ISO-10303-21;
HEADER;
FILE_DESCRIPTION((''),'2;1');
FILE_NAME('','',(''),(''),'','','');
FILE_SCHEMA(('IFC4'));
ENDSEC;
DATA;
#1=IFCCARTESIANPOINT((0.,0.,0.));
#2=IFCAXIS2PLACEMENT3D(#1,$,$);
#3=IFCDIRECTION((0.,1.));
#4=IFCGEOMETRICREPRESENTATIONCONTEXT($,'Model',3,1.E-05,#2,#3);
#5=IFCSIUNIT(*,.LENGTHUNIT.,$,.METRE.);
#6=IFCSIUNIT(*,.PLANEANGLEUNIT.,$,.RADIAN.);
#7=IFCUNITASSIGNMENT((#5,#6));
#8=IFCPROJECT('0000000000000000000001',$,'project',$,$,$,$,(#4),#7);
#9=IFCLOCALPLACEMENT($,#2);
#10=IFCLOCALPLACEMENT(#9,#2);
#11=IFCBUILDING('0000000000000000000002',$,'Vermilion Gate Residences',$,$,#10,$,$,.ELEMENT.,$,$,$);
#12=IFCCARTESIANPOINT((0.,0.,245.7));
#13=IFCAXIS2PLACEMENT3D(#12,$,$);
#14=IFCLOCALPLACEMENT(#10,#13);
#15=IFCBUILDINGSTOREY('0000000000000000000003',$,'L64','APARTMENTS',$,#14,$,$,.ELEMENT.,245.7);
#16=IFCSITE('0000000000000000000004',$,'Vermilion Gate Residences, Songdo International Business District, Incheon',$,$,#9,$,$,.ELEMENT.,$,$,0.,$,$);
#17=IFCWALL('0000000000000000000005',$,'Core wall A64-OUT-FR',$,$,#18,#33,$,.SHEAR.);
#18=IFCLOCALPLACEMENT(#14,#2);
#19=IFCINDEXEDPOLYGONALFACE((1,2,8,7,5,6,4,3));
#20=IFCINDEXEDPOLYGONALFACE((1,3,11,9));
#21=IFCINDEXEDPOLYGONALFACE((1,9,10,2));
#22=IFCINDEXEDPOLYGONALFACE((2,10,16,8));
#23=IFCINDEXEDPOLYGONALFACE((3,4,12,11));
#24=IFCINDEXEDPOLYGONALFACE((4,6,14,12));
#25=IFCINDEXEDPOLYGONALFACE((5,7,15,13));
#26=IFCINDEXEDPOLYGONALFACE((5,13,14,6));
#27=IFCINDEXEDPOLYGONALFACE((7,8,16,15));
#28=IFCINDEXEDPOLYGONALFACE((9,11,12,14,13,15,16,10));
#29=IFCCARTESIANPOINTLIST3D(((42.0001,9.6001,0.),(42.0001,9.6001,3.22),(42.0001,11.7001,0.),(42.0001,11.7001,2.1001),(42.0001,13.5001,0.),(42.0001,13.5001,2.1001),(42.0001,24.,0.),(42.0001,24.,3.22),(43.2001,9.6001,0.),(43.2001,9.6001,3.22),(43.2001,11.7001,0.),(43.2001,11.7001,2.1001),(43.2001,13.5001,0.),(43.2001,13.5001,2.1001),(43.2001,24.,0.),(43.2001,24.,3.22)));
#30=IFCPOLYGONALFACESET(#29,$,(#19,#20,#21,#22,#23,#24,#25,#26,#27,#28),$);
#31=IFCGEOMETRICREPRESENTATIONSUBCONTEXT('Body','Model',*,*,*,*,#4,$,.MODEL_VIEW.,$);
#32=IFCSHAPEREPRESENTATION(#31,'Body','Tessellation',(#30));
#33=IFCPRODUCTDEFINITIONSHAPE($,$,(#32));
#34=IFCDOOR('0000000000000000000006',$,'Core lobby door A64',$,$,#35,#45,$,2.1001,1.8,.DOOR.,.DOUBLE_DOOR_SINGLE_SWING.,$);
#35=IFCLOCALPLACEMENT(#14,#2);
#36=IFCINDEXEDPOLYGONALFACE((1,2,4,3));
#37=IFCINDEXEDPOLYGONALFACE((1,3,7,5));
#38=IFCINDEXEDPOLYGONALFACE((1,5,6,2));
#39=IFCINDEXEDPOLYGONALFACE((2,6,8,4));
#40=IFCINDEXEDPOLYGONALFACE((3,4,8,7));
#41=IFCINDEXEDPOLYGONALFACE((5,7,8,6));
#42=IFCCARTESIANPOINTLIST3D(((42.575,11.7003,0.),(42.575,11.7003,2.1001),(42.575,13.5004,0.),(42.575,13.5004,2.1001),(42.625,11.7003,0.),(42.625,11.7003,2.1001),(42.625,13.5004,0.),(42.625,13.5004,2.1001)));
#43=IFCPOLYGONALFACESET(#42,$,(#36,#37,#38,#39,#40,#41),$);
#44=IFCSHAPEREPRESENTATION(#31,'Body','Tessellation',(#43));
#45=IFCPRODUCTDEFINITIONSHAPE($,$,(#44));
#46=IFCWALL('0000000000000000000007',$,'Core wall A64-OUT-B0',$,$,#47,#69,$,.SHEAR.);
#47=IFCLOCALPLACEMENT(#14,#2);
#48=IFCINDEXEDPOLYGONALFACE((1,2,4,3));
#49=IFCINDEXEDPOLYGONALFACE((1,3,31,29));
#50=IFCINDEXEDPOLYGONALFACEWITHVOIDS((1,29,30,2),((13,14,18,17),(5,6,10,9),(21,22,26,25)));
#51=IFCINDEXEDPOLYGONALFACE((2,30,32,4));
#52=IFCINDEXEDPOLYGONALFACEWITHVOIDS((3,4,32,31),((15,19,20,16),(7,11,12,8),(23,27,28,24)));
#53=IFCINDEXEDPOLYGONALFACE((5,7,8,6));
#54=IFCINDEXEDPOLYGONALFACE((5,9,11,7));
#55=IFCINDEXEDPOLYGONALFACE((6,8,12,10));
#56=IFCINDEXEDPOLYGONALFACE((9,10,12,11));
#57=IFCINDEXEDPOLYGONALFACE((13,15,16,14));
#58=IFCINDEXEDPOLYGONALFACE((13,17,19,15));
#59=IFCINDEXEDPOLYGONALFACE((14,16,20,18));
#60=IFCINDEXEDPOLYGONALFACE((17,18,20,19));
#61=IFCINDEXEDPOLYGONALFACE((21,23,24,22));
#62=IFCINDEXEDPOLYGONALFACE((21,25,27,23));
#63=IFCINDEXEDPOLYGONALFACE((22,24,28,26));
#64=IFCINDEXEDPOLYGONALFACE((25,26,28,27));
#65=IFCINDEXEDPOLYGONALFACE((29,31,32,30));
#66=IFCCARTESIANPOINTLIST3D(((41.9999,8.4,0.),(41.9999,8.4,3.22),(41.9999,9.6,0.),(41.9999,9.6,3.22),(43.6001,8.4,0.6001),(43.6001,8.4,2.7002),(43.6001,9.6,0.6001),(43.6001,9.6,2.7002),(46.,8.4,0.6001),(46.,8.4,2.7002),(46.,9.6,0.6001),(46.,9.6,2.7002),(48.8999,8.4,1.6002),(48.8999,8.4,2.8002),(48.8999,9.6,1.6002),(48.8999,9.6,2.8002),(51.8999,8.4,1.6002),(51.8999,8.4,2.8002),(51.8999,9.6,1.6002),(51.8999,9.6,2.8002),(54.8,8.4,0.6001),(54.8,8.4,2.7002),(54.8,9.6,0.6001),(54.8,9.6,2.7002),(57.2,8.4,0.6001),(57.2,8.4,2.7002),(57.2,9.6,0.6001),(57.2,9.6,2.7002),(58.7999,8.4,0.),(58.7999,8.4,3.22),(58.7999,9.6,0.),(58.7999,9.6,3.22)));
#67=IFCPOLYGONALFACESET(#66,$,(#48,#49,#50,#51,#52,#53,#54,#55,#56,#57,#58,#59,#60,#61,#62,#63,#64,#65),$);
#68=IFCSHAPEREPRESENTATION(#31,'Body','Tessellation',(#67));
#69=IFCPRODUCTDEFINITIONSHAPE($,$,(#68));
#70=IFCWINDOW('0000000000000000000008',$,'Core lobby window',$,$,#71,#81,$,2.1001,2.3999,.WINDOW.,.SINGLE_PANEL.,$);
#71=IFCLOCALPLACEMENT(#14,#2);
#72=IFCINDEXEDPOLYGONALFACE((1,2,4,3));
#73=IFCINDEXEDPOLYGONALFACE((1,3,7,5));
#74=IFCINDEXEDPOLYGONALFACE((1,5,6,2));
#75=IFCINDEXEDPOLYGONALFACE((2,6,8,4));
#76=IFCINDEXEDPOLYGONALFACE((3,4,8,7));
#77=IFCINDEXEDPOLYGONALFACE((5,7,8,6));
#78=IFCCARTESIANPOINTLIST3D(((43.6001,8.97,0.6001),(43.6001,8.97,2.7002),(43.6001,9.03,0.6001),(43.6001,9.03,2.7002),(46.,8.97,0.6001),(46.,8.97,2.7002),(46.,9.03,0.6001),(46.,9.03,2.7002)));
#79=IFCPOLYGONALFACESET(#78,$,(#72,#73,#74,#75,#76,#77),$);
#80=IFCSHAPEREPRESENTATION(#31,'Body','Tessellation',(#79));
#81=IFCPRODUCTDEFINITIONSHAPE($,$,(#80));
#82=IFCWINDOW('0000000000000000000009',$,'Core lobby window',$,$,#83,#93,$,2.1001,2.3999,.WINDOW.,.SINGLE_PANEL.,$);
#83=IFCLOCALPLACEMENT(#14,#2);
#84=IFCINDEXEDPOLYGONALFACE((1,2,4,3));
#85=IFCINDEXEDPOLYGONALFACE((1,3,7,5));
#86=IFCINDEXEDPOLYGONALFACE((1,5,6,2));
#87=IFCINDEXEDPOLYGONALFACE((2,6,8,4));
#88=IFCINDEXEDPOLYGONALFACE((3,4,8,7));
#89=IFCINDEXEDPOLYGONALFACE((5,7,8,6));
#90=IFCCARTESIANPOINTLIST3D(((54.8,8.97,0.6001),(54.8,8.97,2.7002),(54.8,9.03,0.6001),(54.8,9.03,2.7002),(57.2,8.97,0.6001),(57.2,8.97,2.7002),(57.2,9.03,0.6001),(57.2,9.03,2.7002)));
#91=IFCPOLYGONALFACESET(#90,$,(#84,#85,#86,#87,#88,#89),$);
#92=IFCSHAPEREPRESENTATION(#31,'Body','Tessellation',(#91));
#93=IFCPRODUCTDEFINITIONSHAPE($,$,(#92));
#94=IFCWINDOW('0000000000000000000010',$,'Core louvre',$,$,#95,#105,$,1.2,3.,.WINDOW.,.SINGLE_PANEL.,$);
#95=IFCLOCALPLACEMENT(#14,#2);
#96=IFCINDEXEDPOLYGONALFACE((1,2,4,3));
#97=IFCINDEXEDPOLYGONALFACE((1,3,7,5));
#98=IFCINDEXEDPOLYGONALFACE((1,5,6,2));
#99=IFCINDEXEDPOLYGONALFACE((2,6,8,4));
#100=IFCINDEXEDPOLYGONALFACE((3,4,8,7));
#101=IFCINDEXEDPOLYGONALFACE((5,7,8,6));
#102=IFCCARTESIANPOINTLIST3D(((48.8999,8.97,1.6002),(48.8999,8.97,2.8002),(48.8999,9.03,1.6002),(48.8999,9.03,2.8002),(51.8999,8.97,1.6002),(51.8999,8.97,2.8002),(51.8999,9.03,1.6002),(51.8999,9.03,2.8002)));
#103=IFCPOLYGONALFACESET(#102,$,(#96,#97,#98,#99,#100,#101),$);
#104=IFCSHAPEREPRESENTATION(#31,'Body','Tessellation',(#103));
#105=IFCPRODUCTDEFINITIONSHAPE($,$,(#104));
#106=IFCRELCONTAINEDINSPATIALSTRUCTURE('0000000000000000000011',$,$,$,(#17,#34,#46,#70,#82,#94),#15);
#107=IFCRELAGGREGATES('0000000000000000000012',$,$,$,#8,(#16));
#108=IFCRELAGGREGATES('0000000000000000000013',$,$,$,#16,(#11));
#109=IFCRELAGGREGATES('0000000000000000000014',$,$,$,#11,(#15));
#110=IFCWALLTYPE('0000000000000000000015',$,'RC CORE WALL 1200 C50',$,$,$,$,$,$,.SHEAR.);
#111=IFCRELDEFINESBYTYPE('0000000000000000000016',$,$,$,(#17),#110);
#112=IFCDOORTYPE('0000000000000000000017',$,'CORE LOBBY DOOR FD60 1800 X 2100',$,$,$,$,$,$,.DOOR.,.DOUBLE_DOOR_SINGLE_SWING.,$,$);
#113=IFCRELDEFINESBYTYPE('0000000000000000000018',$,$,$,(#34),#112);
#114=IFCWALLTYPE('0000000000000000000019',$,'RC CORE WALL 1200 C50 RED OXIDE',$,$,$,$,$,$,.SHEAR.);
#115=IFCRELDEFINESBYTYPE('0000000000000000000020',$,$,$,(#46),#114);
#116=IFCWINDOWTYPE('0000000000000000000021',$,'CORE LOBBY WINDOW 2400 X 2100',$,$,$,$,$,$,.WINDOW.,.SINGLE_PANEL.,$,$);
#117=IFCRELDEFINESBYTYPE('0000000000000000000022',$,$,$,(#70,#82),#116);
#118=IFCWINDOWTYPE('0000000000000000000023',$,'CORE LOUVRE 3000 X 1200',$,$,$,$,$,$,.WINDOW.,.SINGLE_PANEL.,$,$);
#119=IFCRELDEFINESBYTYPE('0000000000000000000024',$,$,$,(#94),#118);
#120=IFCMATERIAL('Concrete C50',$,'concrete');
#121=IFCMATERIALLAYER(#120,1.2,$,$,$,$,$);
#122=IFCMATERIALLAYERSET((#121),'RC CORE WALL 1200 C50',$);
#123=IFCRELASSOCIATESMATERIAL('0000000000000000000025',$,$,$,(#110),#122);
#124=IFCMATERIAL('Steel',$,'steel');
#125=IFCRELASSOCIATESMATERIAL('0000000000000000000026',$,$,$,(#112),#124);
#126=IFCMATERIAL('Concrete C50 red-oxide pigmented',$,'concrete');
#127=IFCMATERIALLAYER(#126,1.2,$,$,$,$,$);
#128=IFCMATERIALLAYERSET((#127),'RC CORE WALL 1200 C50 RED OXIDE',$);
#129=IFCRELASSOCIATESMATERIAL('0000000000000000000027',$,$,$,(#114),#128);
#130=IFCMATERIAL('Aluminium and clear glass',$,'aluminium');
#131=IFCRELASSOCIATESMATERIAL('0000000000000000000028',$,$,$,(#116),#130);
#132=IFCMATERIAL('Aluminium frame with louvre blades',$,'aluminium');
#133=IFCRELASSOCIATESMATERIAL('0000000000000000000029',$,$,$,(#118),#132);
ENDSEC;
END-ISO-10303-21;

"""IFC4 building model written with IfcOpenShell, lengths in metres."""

from ifc_helpers import new_model, si_unit, direction, frame, frame_2d, origin, place, context, subcontext, project, spatial, rectangle, extrude, material, layer, layer_set, type_object, element, fill, save


model = new_model("IFC4")

# Units and contexts
model_context = context("Model", 3, precision=1e-05, world=origin(), true_north=direction((0.0, 1.0)))
body_context = subcontext(model_context, "Body", "Model", "MODEL_VIEW")
ifc_project = project(units=[si_unit("LENGTHUNIT", "METRE"), si_unit("PLANEANGLEUNIT", "RADIAN")], contexts=[model_context])

# Site, building, storey
site_placement = place(None, origin())
site = spatial("IfcSite", under=ifc_project, at=site_placement, Name="Vermilion Gate Residences, Songdo International Business District, Incheon", CompositionType="ELEMENT", RefElevation=0.0)
building_placement = place(site_placement, origin())
building = spatial("IfcBuilding", under=site, at=building_placement, Name="Vermilion Gate Residences", CompositionType="ELEMENT")
storey_placement = place(building_placement, frame((0.0, 0.0, 245.7)))
storey = spatial("IfcBuildingStorey", under=building, at=storey_placement, Name="L64", Description="APARTMENTS", CompositionType="ELEMENT", Elevation=245.7)

# Wall, opening, door
ifc_material_1 = material(Name="Concrete C50", Category="concrete")
ifc_layer_1 = layer(ifc_material_1, 1.2)
ifc_layer_set_1 = layer_set([ifc_layer_1], Name="RC CORE WALL 1200 C50")
wall_type_1 = type_object("IfcWallType", Name="RC CORE WALL 1200 C50", PredefinedType="SHEAR", material=ifc_layer_set_1)
wall_1_placement = place(storey_placement, frame((42.6001, 9.6001, 0.0), z_axis=(0.0, 0.0, 1.0), x_axis=(0.0, 1.0, 0.0)))
wall_1 = element("IfcWall", 1, at=wall_1_placement, inside=storey, type_object=wall_type_1, Name="Core wall A64-OUT-FR", PredefinedType="SHEAR", context=body_context, shape_type="SweptSolid", body=[
    extrude(rectangle(XDim=14.3999, YDim=1.2, at=frame_2d((7.2, 0.0))), origin(), (0.0, 0.0, 1.0), 3.22),
])
opening_1_placement = place(wall_1_placement, frame((2.1001, 0.0, 0.0)))
opening_1 = element("IfcOpeningElement", 2, at=opening_1_placement, cuts=wall_1, PredefinedType="OPENING", context=body_context, shape_type="SweptSolid", body=[
    extrude(rectangle(XDim=1.8, YDim=2.1001, at=frame_2d((0.8999, 1.05))), frame((0.0, 0.6099, 0.0), z_axis=(0.0, -1.0, 0.0), x_axis=(1.0, 0.0, 0.0)), (0.0, 0.0, 1.0), 1.22),
])
ifc_material_2 = material(Name="Steel", Category="steel")
door_type_1 = type_object("IfcDoorType", Name="CORE LOBBY DOOR FD60 1800 X 2100", OperationType="DOUBLE_DOOR_SINGLE_SWING", PredefinedType="DOOR", material=ifc_material_2)
door_1_placement = place(opening_1_placement, frame((1.8, 0.0, 0.0), z_axis=(0.0, 0.0, 1.0), x_axis=(-1.0, 0.0, 0.0)))
door_1 = element("IfcDoor", 3, at=door_1_placement, inside=storey, type_object=door_type_1, Name="Core lobby door A64", OperationType="DOUBLE_DOOR_SINGLE_SWING", OverallHeight=2.1001, OverallWidth=1.8, PredefinedType="DOOR", context=body_context, shape_type="SweptSolid", body=[
    extrude(rectangle(XDim=1.8, YDim=2.1001, at=frame_2d((0.8999, 1.05))), frame((0.0, 0.0249, 0.0), z_axis=(0.0, -1.0, 0.0), x_axis=(1.0, 0.0, 0.0)), (0.0, 0.0, 1.0), 0.05),
])
fill(opening_1, door_1)

# Wall, openings, windows
ifc_material_3 = material(Name="Concrete C50 red-oxide pigmented", Category="concrete")
ifc_layer_2 = layer(ifc_material_3, 1.2)
ifc_layer_set_2 = layer_set([ifc_layer_2], Name="RC CORE WALL 1200 C50 RED OXIDE")
wall_type_2 = type_object("IfcWallType", Name="RC CORE WALL 1200 C50 RED OXIDE", PredefinedType="SHEAR", material=ifc_layer_set_2)
wall_2_placement = place(storey_placement, frame((42.0, 9.0, 0.0), z_axis=(0.0, 0.0, 1.0), x_axis=(1.0, 0.0, 0.0)))
wall_2 = element("IfcWall", 4, at=wall_2_placement, inside=storey, type_object=wall_type_2, Name="Core wall A64-OUT-B0", PredefinedType="SHEAR", context=body_context, shape_type="SweptSolid", body=[
    extrude(rectangle(XDim=16.8, YDim=1.2, at=frame_2d((8.3999, 0.0))), origin(), (0.0, 0.0, 1.0), 3.22),
])
opening_2_placement = place(wall_2_placement, frame((1.6001, 0.0, 0.6001)))
opening_2 = element("IfcOpeningElement", 5, at=opening_2_placement, cuts=wall_2, PredefinedType="OPENING", context=body_context, shape_type="SweptSolid", body=[
    extrude(rectangle(XDim=2.3999, YDim=2.1001, at=frame_2d((1.2, 1.05))), frame((0.0, 0.6099, 0.0), z_axis=(0.0, -1.0, 0.0), x_axis=(1.0, 0.0, 0.0)), (0.0, 0.0, 1.0), 1.22),
])
opening_3_placement = place(wall_2_placement, frame((6.8999, 0.0, 1.6001)))
opening_3 = element("IfcOpeningElement", 6, at=opening_3_placement, cuts=wall_2, PredefinedType="OPENING", context=body_context, shape_type="SweptSolid", body=[
    extrude(rectangle(XDim=3.0, YDim=1.2, at=frame_2d((1.5, 0.6001))), frame((0.0, 0.6099, 0.0), z_axis=(0.0, -1.0, 0.0), x_axis=(1.0, 0.0, 0.0)), (0.0, 0.0, 1.0), 1.22),
])
opening_4_placement = place(wall_2_placement, frame((12.8, 0.0, 0.6001)))
opening_4 = element("IfcOpeningElement", 7, at=opening_4_placement, cuts=wall_2, PredefinedType="OPENING", context=body_context, shape_type="SweptSolid", body=[
    extrude(rectangle(XDim=2.3999, YDim=2.1001, at=frame_2d((1.2, 1.05))), frame((0.0, 0.6099, 0.0), z_axis=(0.0, -1.0, 0.0), x_axis=(1.0, 0.0, 0.0)), (0.0, 0.0, 1.0), 1.22),
])
ifc_material_4 = material(Name="Aluminium and clear glass", Category="aluminium")
window_type_1 = type_object("IfcWindowType", Name="CORE LOBBY WINDOW 2400 X 2100", PartitioningType="SINGLE_PANEL", PredefinedType="WINDOW", material=ifc_material_4)
window_1_placement = place(opening_2_placement, origin())
window_1 = element("IfcWindow", 8, at=window_1_placement, inside=storey, type_object=window_type_1, Name="Core lobby window", OverallHeight=2.1001, OverallWidth=2.3999, PartitioningType="SINGLE_PANEL", PredefinedType="WINDOW", context=body_context, shape_type="SweptSolid", body=[
    extrude(rectangle(XDim=2.3999, YDim=2.1001, at=frame_2d((1.2, 1.05))), frame((0.0, 0.03, 0.0), z_axis=(0.0, -1.0, 0.0), x_axis=(1.0, 0.0, 0.0)), (0.0, 0.0, 1.0), 0.0601),
])
fill(opening_2, window_1)
window_2_placement = place(opening_4_placement, origin())
window_2 = element("IfcWindow", 9, at=window_2_placement, inside=storey, type_object=window_type_1, Name="Core lobby window", OverallHeight=2.1001, OverallWidth=2.3999, PartitioningType="SINGLE_PANEL", PredefinedType="WINDOW", context=body_context, shape_type="SweptSolid", body=[
    extrude(rectangle(XDim=2.3999, YDim=2.1001, at=frame_2d((1.2, 1.05))), frame((0.0, 0.03, 0.0), z_axis=(0.0, -1.0, 0.0), x_axis=(1.0, 0.0, 0.0)), (0.0, 0.0, 1.0), 0.0601),
])
fill(opening_4, window_2)
ifc_material_5 = material(Name="Aluminium frame with louvre blades", Category="aluminium")
window_type_2 = type_object("IfcWindowType", Name="CORE LOUVRE 3000 X 1200", PartitioningType="SINGLE_PANEL", PredefinedType="WINDOW", material=ifc_material_5)
window_3_placement = place(opening_3_placement, origin())
window_3 = element("IfcWindow", 10, at=window_3_placement, inside=storey, type_object=window_type_2, Name="Core louvre", OverallHeight=1.2, OverallWidth=3.0, PartitioningType="SINGLE_PANEL", PredefinedType="WINDOW", context=body_context, shape_type="SweptSolid", body=[
    extrude(rectangle(XDim=3.0, YDim=1.2, at=frame_2d((1.5, 0.6001))), frame((0.0, 0.03, 0.0), z_axis=(0.0, -1.0, 0.0), x_axis=(1.0, 0.0, 0.0)), (0.0, 0.0, 1.0), 0.0601),
])
fill(opening_3, window_3)

save(model, "model.ifc")
